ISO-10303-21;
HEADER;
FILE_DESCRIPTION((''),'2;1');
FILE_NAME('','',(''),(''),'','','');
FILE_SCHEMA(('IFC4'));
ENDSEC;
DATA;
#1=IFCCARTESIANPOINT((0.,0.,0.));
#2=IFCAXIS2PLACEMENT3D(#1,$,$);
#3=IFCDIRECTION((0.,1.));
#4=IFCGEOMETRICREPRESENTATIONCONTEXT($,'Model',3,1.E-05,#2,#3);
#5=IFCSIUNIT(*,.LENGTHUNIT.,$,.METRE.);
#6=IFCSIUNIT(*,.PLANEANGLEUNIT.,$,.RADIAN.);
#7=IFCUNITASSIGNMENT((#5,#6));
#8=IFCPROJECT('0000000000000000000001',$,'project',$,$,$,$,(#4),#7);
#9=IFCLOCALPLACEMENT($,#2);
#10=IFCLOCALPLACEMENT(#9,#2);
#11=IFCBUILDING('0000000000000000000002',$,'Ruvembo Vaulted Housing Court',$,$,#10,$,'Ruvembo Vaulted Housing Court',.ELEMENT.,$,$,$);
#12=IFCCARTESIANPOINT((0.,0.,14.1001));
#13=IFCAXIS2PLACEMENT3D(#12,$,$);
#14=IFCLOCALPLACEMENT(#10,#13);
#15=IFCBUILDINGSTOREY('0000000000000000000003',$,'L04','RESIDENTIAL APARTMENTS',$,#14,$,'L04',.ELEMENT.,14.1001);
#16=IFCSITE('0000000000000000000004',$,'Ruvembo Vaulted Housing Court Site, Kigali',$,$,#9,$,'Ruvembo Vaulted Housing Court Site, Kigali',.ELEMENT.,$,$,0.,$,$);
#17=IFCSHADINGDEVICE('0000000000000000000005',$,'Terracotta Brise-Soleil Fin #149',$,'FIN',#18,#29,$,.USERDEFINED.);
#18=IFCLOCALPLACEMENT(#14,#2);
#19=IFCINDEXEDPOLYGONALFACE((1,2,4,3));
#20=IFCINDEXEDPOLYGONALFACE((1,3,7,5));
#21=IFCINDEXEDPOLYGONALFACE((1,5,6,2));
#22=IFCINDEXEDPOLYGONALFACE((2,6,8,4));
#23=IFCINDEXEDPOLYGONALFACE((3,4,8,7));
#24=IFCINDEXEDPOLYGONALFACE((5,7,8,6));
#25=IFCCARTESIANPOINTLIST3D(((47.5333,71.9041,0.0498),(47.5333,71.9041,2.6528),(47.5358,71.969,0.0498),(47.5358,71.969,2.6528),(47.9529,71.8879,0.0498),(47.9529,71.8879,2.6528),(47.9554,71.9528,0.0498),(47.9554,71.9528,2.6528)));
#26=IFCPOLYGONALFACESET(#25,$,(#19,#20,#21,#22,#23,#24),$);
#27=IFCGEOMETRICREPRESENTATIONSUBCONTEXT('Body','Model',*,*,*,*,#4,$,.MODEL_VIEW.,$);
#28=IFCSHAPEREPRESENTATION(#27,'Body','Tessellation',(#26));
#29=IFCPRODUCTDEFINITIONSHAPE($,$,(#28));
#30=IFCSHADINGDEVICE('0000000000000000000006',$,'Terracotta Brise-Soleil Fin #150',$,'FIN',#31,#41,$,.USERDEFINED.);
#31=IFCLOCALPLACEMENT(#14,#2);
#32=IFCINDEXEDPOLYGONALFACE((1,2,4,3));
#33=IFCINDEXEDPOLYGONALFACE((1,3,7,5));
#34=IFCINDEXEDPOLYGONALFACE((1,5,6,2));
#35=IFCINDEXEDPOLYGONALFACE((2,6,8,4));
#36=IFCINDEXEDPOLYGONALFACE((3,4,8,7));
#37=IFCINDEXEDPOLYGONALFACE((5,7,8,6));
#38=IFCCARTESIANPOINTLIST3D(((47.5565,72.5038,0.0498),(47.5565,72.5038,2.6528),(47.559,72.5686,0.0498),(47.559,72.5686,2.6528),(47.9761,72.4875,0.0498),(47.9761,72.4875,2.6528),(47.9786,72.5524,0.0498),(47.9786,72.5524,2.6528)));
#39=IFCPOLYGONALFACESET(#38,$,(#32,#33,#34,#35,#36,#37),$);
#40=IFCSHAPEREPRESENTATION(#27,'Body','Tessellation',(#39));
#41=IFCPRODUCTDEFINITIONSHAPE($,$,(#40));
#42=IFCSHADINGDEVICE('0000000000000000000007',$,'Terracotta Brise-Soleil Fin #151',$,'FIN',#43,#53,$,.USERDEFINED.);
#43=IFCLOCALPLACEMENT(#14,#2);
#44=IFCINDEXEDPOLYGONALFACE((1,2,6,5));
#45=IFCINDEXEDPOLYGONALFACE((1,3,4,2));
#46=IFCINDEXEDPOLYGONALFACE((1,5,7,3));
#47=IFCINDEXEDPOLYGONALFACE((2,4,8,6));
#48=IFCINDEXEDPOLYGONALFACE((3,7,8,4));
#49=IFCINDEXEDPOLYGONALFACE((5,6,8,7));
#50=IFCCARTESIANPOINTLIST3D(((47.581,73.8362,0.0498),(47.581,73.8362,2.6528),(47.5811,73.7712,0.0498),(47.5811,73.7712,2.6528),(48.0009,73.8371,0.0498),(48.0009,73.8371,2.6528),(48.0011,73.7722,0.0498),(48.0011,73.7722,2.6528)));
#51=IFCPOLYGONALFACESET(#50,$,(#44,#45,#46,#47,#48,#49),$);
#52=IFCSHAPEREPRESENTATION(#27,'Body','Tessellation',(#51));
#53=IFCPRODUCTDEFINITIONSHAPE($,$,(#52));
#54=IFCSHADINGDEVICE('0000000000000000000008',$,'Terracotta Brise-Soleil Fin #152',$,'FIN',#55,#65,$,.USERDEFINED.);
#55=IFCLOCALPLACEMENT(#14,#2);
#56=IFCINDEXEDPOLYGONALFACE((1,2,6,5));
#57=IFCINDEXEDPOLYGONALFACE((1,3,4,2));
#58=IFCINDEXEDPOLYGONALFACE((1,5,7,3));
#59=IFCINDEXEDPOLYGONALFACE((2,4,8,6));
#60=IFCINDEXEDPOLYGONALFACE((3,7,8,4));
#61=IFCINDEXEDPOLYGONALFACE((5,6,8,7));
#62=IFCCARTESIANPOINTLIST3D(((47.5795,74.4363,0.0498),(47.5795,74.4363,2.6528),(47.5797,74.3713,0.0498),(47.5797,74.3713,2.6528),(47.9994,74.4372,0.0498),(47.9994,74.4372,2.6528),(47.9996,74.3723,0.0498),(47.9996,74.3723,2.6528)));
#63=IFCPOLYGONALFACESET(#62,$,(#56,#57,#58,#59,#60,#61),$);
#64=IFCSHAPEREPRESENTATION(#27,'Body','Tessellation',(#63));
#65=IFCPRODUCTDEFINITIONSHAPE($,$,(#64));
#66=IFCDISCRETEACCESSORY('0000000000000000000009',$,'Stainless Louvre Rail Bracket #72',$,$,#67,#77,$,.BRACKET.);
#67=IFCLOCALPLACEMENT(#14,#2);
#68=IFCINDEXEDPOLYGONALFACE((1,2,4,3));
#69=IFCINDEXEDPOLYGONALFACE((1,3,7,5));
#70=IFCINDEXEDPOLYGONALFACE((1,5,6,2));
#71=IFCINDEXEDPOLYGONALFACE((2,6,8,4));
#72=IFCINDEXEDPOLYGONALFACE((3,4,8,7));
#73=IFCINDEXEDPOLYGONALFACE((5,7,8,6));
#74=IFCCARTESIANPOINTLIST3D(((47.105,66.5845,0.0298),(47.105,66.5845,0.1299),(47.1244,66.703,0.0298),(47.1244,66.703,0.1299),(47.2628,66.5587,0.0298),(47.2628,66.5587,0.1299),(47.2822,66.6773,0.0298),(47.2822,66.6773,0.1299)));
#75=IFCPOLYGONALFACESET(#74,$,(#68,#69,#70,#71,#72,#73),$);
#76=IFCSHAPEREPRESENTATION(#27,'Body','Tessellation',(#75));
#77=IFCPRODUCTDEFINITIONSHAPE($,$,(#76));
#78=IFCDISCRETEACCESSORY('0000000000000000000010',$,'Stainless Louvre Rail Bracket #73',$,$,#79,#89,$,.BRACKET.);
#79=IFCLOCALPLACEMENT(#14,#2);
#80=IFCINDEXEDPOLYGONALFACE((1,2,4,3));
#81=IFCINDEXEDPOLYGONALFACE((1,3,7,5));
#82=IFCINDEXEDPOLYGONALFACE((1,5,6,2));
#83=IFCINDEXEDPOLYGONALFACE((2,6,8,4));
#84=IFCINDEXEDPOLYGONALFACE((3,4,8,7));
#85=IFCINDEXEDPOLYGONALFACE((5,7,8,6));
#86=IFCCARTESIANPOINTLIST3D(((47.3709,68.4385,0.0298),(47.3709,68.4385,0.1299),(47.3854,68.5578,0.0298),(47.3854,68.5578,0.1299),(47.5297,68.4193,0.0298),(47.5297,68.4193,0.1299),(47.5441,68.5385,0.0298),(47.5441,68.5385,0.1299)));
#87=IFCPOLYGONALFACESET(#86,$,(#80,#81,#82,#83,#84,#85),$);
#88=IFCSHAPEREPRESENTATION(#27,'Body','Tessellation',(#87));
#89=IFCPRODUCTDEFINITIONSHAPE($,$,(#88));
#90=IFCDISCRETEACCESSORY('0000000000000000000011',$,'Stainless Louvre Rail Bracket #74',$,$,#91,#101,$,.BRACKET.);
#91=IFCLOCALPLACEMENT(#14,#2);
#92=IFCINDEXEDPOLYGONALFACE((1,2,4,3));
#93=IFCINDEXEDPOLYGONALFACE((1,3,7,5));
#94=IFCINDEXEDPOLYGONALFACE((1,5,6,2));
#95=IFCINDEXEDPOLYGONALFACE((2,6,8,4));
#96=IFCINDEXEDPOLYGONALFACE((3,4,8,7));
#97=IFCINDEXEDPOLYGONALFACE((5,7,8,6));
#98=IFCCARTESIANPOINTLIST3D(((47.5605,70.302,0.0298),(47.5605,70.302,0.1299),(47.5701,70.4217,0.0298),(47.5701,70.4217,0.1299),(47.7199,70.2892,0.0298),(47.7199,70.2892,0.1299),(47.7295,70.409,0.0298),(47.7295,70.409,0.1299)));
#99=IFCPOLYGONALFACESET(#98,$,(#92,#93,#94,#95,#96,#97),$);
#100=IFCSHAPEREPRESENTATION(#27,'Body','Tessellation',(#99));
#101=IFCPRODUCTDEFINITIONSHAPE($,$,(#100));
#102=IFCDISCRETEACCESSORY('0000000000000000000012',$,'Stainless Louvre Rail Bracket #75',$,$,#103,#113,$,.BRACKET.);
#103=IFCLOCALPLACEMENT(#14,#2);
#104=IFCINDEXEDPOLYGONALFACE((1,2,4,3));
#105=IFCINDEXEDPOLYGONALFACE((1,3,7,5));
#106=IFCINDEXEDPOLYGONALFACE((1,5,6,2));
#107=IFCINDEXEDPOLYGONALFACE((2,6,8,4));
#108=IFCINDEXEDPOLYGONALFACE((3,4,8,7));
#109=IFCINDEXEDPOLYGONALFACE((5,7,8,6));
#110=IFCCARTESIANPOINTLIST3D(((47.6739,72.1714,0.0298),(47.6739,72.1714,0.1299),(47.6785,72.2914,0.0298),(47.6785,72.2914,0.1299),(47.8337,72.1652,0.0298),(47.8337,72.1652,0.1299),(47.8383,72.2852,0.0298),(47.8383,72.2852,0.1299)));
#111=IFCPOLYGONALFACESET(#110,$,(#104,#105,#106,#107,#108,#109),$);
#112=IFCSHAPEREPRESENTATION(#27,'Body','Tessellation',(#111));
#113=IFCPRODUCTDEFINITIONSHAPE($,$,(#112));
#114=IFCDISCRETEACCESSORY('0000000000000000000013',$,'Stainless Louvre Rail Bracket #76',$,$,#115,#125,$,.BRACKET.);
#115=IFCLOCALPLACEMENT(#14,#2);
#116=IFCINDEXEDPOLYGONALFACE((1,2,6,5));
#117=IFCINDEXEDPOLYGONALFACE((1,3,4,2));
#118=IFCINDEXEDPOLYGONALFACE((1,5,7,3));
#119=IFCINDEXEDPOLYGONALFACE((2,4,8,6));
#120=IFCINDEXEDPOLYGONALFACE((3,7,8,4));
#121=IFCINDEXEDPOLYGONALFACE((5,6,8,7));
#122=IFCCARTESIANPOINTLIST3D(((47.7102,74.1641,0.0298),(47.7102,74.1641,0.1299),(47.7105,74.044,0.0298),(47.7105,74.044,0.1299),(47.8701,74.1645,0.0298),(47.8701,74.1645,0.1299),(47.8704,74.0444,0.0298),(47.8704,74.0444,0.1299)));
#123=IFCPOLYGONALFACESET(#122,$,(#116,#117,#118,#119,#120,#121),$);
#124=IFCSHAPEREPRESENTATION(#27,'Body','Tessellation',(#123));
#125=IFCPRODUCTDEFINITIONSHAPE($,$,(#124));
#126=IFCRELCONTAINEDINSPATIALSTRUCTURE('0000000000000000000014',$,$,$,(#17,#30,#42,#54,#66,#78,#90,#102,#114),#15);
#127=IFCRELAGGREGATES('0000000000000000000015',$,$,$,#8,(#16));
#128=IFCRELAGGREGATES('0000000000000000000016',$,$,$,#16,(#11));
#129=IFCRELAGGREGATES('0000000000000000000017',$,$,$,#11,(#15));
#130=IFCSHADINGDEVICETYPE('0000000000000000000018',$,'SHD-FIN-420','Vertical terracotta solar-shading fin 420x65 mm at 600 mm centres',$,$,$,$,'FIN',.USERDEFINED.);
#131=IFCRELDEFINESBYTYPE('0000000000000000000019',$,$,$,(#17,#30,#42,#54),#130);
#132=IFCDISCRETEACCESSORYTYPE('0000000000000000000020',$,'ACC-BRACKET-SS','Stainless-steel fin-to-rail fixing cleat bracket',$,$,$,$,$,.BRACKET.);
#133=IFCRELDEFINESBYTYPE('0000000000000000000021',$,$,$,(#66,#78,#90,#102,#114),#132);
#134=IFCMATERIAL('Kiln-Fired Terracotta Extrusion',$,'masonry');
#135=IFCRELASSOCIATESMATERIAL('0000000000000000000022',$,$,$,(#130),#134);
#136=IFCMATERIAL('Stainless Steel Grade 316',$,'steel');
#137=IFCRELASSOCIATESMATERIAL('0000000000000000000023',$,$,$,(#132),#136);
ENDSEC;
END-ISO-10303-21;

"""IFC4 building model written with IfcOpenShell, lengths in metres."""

from ifc_helpers import new_model, si_unit, direction, frame, origin, origin_2d, place, context, subcontext, project, spatial, rectangle, extrude, material, type_object, element, save


model = new_model("IFC4")

# Units and contexts
model_context = context("Model", 3, precision=1e-05, world=origin(), true_north=direction((0.0, 1.0)))
body_context = subcontext(model_context, "Body", "Model", "MODEL_VIEW")
ifc_project = project(units=[si_unit("LENGTHUNIT", "METRE"), si_unit("PLANEANGLEUNIT", "RADIAN")], contexts=[model_context])

# Site, building, storey
site_placement = place(None, origin())
site = spatial("IfcSite", under=ifc_project, at=site_placement, Name="Ruvembo Vaulted Housing Court Site, Kigali", LongName="Ruvembo Vaulted Housing Court Site, Kigali", CompositionType="ELEMENT", RefElevation=0.0)
building_placement = place(site_placement, origin())
building = spatial("IfcBuilding", under=site, at=building_placement, Name="Ruvembo Vaulted Housing Court", LongName="Ruvembo Vaulted Housing Court", CompositionType="ELEMENT")
storey_placement = place(building_placement, frame((0.0, 0.0, 14.1001)))
storey = spatial("IfcBuildingStorey", under=building, at=storey_placement, Name="L04", Description="RESIDENTIAL APARTMENTS", LongName="L04", CompositionType="ELEMENT", Elevation=14.1001)

# Shading devices
ifc_material_1 = material(Name="Kiln-Fired Terracotta Extrusion", Category="masonry")
shading_device_type = type_object("IfcShadingDeviceType", Name="SHD-FIN-420", Description="Vertical terracotta solar-shading fin 420x65 mm at 600 mm centres", ElementType="FIN", PredefinedType="USERDEFINED", material=ifc_material_1)
for number, where, z_axis, x_axis, name in (
    (1, (47.7444, 71.9285, 0.0498), (0.0, 0.0, 1.0), (0.999251, -0.038684, 0.0), "Terracotta Brise-Soleil Fin #149"),
    (2, (47.7676, 72.5281, 0.0498), (0.0, 0.0, 1.0), (0.999251, -0.038684, 0.0), "Terracotta Brise-Soleil Fin #150"),
    (3, (47.791, 73.8042, 0.0498), (0.0, 0.0, 1.0), (0.999997, 0.002286, 0.0), "Terracotta Brise-Soleil Fin #151"),
    (4, (47.7896, 74.4043, 0.0498), (0.0, 0.0, 1.0), (0.999997, 0.002286, 0.0), "Terracotta Brise-Soleil Fin #152"),
):
    element("IfcShadingDevice", number, at=place(storey_placement, frame(where, z_axis=z_axis, x_axis=x_axis)), inside=storey, type_object=shading_device_type, Name=name, ObjectType="FIN", PredefinedType="USERDEFINED", context=body_context, shape_type="SweptSolid", body=[
        extrude(rectangle(XDim=0.4199, YDim=0.0649, at=origin_2d()), origin(), (0.0, 0.0, 1.0), 2.603),
    ])

# Discrete accessories
ifc_material_2 = material(Name="Stainless Steel Grade 316", Category="steel")
discrete_accessory_type = type_object("IfcDiscreteAccessoryType", Name="ACC-BRACKET-SS", Description="Stainless-steel fin-to-rail fixing cleat bracket", PredefinedType="BRACKET", material=ifc_material_2)
for number, where, z_axis, x_axis, name in (
    (5, (47.1936, 66.6309, 0.0298), (0.0, 0.0, 1.0), (0.986957, -0.160984, 0.0), "Stainless Louvre Rail Bracket #72"),
    (6, (47.4575, 68.4885, 0.0298), (0.0, 0.0, 1.0), (0.992734, -0.120327, 0.0), "Stainless Louvre Rail Bracket #73"),
    (7, (47.645, 70.3555, 0.0298), (0.0, 0.0, 1.0), (0.996826, -0.079607, 0.0), "Stainless Louvre Rail Bracket #74"),
    (8, (47.7561, 72.2283, 0.0298), (0.0, 0.0, 1.0), (0.999251, -0.038684, 0.0), "Stainless Louvre Rail Bracket #75"),
    (9, (47.7903, 74.1042, 0.0298), (0.0, 0.0, 1.0), (0.999997, 0.002286, 0.0), "Stainless Louvre Rail Bracket #76"),
):
    element("IfcDiscreteAccessory", number, at=place(storey_placement, frame(where, z_axis=z_axis, x_axis=x_axis)), inside=storey, type_object=discrete_accessory_type, Name=name, PredefinedType="BRACKET", context=body_context, shape_type="SweptSolid", body=[
        extrude(rectangle(XDim=0.1599, YDim=0.1201, at=origin_2d()), origin(), (0.0, 0.0, 1.0), 0.1001),
    ])

save(model, "model.ifc")
